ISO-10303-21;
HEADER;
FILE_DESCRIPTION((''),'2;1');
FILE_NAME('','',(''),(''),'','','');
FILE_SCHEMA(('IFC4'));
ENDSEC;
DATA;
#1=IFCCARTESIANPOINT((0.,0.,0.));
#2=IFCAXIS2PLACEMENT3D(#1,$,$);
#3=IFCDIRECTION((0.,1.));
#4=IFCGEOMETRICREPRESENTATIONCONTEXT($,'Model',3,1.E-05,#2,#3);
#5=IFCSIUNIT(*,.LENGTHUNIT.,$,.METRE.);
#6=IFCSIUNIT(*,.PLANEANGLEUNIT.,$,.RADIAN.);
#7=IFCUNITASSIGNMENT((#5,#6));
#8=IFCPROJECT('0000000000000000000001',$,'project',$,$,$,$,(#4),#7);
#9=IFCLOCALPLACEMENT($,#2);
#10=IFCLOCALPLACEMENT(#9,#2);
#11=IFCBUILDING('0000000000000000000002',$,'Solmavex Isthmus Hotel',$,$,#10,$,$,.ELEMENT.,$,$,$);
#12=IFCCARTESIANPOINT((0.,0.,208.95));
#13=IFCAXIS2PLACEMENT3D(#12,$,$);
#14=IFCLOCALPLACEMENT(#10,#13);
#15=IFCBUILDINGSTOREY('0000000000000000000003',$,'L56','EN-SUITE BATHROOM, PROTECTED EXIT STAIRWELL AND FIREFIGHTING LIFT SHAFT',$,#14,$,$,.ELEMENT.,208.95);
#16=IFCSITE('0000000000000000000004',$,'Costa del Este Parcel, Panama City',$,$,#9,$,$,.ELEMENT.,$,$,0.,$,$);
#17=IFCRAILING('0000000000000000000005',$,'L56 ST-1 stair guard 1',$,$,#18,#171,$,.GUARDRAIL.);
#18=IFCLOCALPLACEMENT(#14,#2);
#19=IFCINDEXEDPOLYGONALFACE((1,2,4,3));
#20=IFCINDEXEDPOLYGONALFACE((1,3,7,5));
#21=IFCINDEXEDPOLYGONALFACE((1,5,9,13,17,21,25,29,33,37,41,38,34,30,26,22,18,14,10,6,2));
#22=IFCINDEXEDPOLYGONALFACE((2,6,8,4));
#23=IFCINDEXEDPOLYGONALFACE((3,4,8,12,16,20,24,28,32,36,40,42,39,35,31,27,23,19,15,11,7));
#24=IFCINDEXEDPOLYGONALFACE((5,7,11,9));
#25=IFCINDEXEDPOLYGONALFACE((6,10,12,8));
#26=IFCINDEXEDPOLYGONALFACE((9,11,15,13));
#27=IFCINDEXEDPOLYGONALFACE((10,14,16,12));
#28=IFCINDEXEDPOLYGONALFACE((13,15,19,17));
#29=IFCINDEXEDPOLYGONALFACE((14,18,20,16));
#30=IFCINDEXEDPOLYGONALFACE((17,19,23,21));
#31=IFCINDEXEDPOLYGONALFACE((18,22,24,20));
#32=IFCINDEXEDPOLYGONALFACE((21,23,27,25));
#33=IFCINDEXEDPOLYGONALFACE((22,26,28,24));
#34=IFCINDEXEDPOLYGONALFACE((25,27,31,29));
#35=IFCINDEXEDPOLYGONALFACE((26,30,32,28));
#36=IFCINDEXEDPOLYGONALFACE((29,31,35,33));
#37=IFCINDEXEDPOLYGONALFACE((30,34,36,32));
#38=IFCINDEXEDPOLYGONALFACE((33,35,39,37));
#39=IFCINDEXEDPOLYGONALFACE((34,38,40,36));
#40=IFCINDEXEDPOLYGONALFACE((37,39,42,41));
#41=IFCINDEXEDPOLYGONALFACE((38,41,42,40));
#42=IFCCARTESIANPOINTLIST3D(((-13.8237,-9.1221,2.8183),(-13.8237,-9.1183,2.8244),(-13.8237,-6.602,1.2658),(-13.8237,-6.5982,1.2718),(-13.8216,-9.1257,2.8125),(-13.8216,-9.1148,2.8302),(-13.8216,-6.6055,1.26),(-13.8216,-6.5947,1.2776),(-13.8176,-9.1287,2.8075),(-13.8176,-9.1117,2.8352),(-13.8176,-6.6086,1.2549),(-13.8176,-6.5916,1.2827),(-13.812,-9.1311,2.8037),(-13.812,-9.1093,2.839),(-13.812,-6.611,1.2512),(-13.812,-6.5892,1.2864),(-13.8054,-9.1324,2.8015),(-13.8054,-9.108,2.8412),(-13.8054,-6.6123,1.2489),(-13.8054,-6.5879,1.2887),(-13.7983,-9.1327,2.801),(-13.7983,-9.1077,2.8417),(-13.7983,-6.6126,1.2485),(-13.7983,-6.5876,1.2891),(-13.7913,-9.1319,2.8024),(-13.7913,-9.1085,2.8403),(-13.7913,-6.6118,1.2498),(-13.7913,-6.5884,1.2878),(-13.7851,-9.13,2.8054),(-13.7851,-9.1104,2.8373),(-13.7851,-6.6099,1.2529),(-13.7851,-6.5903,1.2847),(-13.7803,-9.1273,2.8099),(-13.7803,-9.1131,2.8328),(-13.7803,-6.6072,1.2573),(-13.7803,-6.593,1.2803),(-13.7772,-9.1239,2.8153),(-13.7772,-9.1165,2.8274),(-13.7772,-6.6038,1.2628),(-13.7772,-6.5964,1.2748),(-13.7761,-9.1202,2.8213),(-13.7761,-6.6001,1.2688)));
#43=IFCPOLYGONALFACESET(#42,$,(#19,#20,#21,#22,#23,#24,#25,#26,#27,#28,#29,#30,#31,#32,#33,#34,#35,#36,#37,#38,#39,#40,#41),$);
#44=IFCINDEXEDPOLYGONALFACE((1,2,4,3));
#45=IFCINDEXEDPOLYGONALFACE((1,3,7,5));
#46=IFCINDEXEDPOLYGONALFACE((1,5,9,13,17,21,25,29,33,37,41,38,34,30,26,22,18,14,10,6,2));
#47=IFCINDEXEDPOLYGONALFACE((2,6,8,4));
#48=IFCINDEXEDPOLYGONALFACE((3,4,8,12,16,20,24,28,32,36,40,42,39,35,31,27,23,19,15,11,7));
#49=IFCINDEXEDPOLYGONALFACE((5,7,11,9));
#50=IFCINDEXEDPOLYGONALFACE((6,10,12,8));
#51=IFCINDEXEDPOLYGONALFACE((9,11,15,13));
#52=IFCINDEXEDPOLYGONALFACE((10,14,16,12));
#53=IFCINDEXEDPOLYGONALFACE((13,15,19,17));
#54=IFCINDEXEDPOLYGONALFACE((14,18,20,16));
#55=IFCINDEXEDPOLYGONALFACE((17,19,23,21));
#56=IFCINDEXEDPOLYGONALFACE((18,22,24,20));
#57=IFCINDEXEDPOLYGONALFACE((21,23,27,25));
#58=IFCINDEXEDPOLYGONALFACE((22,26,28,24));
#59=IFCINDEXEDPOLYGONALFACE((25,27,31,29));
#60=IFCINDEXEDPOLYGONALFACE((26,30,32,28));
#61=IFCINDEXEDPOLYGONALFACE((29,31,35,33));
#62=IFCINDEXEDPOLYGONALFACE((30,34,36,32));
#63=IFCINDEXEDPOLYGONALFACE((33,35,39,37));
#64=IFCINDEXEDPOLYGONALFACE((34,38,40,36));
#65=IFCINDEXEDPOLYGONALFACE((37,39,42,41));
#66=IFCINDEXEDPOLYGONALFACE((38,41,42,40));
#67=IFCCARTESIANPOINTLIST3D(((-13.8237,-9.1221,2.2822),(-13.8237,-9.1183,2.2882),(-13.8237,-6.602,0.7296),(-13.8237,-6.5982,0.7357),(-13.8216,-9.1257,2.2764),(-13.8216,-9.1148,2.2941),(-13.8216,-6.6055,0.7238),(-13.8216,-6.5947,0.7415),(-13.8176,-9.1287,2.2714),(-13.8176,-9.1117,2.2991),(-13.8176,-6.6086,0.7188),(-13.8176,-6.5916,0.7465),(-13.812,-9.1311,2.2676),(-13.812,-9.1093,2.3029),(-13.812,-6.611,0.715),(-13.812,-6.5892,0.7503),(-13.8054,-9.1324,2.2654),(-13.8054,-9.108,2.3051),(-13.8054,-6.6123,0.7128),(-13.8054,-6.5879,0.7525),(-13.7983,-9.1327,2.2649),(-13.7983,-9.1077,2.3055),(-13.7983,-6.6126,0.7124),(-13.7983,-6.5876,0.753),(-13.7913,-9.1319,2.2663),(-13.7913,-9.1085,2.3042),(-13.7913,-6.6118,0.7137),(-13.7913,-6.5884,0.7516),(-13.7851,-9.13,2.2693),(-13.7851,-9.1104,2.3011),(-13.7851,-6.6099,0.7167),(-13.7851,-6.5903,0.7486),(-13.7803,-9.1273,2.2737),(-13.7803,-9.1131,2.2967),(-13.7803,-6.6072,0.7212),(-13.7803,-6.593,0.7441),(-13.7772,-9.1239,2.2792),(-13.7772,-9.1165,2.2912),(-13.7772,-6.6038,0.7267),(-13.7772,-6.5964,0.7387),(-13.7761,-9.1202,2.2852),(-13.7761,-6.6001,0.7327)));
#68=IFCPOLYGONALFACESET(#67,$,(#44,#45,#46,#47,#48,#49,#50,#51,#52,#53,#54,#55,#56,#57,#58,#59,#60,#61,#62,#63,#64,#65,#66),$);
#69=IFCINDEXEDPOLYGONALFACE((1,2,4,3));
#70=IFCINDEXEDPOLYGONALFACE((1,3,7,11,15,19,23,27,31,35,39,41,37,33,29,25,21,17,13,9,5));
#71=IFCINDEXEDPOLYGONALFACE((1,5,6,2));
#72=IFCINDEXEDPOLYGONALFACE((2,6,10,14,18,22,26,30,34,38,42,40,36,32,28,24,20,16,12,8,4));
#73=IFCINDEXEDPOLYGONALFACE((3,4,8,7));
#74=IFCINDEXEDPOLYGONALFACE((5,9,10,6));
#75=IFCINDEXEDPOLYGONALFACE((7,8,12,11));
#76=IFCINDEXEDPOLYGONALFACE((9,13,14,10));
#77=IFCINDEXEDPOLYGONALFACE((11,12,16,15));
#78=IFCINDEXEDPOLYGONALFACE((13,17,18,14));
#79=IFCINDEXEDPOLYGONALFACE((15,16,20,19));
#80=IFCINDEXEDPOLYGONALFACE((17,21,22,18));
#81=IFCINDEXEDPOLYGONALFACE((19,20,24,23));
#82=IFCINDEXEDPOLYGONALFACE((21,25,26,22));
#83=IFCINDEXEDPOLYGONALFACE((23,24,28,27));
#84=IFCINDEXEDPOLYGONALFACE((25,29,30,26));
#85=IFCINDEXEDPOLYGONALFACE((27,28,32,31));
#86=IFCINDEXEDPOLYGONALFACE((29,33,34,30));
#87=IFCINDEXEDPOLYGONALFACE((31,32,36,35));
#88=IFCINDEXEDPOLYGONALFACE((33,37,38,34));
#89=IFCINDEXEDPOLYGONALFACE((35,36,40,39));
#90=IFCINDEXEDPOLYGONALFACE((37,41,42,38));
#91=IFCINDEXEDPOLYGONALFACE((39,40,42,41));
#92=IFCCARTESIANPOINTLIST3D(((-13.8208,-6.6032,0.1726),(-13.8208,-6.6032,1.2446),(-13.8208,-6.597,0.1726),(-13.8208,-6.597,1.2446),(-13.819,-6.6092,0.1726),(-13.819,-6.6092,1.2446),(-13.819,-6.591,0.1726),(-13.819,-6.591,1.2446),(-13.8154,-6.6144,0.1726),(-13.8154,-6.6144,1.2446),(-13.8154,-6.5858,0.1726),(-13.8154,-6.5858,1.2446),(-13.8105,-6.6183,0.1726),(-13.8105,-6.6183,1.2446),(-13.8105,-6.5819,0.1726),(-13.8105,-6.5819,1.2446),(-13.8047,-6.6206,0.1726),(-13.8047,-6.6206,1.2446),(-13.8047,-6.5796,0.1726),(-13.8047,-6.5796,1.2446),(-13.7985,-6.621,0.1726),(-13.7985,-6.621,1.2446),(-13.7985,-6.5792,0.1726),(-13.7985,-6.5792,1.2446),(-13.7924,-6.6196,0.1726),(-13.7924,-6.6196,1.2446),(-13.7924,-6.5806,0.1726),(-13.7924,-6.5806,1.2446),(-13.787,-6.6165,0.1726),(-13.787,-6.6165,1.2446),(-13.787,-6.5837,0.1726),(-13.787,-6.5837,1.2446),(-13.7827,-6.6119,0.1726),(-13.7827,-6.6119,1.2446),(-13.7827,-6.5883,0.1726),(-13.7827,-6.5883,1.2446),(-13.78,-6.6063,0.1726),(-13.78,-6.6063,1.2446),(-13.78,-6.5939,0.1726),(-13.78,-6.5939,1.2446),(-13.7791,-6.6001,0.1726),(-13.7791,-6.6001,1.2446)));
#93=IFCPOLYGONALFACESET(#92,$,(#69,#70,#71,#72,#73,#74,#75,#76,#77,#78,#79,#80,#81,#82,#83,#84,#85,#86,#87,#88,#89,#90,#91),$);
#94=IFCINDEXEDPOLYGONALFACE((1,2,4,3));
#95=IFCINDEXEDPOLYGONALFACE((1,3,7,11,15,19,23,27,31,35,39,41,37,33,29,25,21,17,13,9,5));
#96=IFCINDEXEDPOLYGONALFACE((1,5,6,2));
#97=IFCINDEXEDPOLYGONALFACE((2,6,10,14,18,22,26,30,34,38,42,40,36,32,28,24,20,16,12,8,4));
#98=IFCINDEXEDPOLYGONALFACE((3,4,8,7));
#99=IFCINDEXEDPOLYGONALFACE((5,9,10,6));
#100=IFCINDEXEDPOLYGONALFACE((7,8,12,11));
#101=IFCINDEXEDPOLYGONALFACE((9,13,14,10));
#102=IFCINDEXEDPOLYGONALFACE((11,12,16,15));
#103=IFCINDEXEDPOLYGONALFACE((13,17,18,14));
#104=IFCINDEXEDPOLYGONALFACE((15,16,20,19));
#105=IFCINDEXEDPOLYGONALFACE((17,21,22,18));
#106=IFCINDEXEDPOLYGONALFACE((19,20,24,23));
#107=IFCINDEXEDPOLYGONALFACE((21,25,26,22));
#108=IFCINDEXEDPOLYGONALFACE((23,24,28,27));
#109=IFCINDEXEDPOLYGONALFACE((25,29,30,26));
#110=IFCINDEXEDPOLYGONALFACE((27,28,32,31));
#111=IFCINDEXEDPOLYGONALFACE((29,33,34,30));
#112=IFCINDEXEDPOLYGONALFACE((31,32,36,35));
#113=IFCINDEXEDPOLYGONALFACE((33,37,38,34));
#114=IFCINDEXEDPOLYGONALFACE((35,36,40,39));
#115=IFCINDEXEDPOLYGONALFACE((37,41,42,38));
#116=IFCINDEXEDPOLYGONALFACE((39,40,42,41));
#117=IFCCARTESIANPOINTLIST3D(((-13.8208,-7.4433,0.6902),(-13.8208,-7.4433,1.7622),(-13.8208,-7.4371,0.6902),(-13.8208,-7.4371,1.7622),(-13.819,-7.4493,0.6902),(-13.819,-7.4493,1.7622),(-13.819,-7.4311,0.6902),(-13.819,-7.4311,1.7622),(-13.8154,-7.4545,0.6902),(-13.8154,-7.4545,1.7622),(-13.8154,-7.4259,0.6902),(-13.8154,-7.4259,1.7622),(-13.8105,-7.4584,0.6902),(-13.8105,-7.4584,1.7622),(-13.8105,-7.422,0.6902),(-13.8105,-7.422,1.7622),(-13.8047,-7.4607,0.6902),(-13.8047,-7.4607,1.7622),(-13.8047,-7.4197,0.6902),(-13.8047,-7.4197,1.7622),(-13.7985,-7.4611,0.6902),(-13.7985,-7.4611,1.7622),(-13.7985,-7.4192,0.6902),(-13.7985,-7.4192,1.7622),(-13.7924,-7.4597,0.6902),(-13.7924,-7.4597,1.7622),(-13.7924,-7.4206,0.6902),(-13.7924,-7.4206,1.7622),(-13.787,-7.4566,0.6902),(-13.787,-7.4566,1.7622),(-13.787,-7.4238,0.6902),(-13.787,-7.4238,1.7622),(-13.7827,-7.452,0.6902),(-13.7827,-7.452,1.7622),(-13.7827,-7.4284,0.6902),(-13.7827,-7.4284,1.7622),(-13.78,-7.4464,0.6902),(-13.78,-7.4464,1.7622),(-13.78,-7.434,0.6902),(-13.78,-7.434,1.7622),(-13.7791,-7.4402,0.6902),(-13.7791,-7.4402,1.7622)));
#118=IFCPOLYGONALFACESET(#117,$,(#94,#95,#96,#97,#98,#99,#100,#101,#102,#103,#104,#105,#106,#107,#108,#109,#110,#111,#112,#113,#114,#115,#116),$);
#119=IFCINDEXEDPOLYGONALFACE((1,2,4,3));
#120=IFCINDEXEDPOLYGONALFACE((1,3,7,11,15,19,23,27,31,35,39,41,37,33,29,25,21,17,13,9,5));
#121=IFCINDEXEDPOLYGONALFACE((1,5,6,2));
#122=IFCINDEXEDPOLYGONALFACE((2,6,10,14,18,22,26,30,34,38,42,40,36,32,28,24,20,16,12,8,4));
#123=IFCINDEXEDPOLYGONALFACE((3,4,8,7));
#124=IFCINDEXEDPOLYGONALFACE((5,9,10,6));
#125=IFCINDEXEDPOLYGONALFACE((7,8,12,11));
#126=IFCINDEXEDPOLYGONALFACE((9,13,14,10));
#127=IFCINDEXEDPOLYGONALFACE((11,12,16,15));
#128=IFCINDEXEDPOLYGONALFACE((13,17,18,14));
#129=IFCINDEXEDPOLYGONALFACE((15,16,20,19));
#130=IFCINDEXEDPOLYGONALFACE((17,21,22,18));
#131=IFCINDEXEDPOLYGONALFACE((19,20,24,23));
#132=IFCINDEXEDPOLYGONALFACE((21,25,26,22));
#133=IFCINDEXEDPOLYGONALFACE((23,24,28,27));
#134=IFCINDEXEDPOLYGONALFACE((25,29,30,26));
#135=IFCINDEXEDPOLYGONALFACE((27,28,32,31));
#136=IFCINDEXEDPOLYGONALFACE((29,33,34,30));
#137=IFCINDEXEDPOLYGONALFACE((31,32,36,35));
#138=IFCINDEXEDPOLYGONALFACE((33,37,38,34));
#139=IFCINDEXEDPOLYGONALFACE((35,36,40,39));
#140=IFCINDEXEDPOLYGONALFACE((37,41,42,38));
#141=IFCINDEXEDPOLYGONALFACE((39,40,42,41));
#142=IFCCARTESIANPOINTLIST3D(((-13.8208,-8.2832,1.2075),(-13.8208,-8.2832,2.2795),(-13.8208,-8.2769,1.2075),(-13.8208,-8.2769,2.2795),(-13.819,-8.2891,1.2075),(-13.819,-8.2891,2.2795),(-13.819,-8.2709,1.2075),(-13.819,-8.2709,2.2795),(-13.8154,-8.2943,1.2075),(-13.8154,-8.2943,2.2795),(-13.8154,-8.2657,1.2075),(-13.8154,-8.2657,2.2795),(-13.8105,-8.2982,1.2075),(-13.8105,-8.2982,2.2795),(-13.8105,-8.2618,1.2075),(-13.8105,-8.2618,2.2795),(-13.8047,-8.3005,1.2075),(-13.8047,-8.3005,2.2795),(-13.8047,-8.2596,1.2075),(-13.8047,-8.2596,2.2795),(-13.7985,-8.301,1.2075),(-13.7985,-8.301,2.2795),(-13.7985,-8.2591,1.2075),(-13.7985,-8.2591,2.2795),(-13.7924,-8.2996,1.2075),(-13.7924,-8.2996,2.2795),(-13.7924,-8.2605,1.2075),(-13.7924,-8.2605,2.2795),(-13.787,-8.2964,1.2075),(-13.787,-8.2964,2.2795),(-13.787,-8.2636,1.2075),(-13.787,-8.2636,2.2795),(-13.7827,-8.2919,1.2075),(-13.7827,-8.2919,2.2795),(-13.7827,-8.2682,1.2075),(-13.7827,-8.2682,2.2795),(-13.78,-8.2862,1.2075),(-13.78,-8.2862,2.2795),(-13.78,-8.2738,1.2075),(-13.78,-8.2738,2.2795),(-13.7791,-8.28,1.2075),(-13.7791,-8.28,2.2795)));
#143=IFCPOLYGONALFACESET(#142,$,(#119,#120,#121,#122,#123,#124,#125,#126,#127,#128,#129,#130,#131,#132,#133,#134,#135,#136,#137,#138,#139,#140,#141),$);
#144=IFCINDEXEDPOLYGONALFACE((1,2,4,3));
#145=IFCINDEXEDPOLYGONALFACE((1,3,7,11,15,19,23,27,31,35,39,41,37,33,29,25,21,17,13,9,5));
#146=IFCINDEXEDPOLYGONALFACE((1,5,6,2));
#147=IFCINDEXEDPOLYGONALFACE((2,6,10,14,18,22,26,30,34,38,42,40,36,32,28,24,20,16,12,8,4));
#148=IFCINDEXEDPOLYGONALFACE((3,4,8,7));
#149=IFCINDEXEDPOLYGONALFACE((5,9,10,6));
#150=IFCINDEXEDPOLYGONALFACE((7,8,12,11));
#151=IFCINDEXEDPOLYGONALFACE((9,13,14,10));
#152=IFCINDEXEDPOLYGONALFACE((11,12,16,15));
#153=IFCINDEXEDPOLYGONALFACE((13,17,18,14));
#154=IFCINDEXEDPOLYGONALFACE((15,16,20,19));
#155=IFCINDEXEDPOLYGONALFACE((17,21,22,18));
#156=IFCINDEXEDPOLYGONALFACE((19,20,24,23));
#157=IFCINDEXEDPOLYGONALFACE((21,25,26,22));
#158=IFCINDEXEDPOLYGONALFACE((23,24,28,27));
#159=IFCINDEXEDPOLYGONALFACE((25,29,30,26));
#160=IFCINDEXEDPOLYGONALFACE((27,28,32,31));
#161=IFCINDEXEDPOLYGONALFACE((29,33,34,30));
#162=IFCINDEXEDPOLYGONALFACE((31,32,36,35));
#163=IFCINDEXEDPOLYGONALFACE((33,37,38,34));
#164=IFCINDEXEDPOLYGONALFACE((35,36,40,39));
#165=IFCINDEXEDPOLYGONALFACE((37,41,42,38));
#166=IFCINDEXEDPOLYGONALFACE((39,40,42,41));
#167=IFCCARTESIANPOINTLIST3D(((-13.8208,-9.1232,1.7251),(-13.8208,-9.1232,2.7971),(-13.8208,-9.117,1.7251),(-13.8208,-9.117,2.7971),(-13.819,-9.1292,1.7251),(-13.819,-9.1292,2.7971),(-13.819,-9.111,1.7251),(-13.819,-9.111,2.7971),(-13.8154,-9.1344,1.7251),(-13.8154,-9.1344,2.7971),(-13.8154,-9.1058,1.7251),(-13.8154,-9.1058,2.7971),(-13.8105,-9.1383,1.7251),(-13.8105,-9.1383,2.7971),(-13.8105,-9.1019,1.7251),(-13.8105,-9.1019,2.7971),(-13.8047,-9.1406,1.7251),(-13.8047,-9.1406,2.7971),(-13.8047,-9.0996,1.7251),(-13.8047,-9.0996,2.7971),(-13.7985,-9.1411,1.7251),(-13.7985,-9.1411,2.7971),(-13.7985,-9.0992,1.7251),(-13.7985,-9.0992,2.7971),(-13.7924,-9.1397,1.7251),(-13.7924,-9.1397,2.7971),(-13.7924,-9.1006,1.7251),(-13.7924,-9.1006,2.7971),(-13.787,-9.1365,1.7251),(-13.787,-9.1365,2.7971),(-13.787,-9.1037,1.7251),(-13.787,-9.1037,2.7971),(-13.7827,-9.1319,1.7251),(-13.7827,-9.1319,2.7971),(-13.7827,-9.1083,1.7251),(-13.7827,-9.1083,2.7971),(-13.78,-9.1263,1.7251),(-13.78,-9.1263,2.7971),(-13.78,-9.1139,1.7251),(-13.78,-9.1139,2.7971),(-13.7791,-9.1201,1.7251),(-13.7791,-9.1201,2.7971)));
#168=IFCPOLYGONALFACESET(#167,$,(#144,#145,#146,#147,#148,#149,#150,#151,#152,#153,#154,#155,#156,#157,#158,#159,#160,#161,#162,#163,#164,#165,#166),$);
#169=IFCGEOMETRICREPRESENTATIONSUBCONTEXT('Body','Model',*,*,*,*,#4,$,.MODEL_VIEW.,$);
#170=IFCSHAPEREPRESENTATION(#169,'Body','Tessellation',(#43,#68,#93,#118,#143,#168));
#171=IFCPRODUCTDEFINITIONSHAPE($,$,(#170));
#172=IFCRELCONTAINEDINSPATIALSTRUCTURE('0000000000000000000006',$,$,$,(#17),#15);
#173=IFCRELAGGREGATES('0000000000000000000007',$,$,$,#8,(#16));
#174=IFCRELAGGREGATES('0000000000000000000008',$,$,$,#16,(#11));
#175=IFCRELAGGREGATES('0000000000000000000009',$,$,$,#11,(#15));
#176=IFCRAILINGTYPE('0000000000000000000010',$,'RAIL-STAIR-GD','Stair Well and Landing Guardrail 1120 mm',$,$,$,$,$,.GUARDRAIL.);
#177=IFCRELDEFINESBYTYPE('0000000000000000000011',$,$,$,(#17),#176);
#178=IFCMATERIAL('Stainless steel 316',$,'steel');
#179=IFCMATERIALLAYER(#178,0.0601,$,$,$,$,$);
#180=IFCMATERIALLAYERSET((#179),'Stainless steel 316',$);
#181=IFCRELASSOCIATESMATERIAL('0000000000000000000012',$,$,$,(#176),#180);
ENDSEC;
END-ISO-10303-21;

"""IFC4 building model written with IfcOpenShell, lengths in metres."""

from ifc_helpers import new_model, si_unit, direction, frame, origin, origin_2d, place, context, subcontext, project, spatial, circle, extrude, material, layer, layer_set, type_object, element, save


model = new_model("IFC4")

# Units and contexts
model_context = context("Model", 3, precision=1e-05, world=origin(), true_north=direction((0.0, 1.0)))
body_context = subcontext(model_context, "Body", "Model", "MODEL_VIEW")
ifc_project = project(units=[si_unit("LENGTHUNIT", "METRE"), si_unit("PLANEANGLEUNIT", "RADIAN")], contexts=[model_context])

# Site, building, storey
site_placement = place(None, origin())
site = spatial("IfcSite", under=ifc_project, at=site_placement, Name="Costa del Este Parcel, Panama City", CompositionType="ELEMENT", RefElevation=0.0)
building_placement = place(site_placement, origin())
building = spatial("IfcBuilding", under=site, at=building_placement, Name="Solmavex Isthmus Hotel", CompositionType="ELEMENT")
storey_placement = place(building_placement, frame((0.0, 0.0, 208.95)))
storey = spatial("IfcBuildingStorey", under=building, at=storey_placement, Name="L56", Description="EN-SUITE BATHROOM, PROTECTED EXIT STAIRWELL AND FIREFIGHTING LIFT SHAFT", CompositionType="ELEMENT", Elevation=208.95)

# Railing
ifc_material_1 = material(Name="Stainless steel 316", Category="steel")
ifc_layer_1 = layer(ifc_material_1, 0.0601)
ifc_layer_set_1 = layer_set([ifc_layer_1], Name="Stainless steel 316")
railing_type_1 = type_object("IfcRailingType", Name="RAIL-STAIR-GD", Description="Stair Well and Landing Guardrail 1120 mm", PredefinedType="GUARDRAIL", material=ifc_layer_set_1)
railing_1_placement = place(storey_placement, frame((-13.8, -6.6001, 0.1726)))
element("IfcRailing", 1, at=railing_1_placement, inside=storey, type_object=railing_type_1, Name="L56 ST-1 stair guard 1", PredefinedType="GUARDRAIL", context=body_context, shape_type="SweptSolid", body=[
    extrude(circle(Radius=0.0239, at=origin_2d()), frame((0.0, 0.0, 1.0962), z_axis=(0.0, -0.8514, 0.524516), x_axis=(1.0, 0.0, 0.0)), (0.0, 0.0, 1.0), 2.96),
    extrude(circle(Radius=0.0239, at=origin_2d()), frame((0.0, 0.0, 0.5601), z_axis=(0.0, -0.8514, 0.524516), x_axis=(1.0, 0.0, 0.0)), (0.0, 0.0, 1.0), 2.96),
    extrude(circle(Radius=0.021, at=origin_2d()), origin(), (0.0, 0.0, 1.0), 1.072),
    extrude(circle(Radius=0.021, at=origin_2d()), frame((0.0, -0.8401, 0.5176)), (0.0, 0.0, 1.0), 1.072),
    extrude(circle(Radius=0.021, at=origin_2d()), frame((0.0, -1.6799, 1.0349)), (0.0, 0.0, 1.0), 1.072),
    extrude(circle(Radius=0.021, at=origin_2d()), frame((0.0, -2.52, 1.5525)), (0.0, 0.0, 1.0), 1.072),
])

save(model, "model.ifc")
